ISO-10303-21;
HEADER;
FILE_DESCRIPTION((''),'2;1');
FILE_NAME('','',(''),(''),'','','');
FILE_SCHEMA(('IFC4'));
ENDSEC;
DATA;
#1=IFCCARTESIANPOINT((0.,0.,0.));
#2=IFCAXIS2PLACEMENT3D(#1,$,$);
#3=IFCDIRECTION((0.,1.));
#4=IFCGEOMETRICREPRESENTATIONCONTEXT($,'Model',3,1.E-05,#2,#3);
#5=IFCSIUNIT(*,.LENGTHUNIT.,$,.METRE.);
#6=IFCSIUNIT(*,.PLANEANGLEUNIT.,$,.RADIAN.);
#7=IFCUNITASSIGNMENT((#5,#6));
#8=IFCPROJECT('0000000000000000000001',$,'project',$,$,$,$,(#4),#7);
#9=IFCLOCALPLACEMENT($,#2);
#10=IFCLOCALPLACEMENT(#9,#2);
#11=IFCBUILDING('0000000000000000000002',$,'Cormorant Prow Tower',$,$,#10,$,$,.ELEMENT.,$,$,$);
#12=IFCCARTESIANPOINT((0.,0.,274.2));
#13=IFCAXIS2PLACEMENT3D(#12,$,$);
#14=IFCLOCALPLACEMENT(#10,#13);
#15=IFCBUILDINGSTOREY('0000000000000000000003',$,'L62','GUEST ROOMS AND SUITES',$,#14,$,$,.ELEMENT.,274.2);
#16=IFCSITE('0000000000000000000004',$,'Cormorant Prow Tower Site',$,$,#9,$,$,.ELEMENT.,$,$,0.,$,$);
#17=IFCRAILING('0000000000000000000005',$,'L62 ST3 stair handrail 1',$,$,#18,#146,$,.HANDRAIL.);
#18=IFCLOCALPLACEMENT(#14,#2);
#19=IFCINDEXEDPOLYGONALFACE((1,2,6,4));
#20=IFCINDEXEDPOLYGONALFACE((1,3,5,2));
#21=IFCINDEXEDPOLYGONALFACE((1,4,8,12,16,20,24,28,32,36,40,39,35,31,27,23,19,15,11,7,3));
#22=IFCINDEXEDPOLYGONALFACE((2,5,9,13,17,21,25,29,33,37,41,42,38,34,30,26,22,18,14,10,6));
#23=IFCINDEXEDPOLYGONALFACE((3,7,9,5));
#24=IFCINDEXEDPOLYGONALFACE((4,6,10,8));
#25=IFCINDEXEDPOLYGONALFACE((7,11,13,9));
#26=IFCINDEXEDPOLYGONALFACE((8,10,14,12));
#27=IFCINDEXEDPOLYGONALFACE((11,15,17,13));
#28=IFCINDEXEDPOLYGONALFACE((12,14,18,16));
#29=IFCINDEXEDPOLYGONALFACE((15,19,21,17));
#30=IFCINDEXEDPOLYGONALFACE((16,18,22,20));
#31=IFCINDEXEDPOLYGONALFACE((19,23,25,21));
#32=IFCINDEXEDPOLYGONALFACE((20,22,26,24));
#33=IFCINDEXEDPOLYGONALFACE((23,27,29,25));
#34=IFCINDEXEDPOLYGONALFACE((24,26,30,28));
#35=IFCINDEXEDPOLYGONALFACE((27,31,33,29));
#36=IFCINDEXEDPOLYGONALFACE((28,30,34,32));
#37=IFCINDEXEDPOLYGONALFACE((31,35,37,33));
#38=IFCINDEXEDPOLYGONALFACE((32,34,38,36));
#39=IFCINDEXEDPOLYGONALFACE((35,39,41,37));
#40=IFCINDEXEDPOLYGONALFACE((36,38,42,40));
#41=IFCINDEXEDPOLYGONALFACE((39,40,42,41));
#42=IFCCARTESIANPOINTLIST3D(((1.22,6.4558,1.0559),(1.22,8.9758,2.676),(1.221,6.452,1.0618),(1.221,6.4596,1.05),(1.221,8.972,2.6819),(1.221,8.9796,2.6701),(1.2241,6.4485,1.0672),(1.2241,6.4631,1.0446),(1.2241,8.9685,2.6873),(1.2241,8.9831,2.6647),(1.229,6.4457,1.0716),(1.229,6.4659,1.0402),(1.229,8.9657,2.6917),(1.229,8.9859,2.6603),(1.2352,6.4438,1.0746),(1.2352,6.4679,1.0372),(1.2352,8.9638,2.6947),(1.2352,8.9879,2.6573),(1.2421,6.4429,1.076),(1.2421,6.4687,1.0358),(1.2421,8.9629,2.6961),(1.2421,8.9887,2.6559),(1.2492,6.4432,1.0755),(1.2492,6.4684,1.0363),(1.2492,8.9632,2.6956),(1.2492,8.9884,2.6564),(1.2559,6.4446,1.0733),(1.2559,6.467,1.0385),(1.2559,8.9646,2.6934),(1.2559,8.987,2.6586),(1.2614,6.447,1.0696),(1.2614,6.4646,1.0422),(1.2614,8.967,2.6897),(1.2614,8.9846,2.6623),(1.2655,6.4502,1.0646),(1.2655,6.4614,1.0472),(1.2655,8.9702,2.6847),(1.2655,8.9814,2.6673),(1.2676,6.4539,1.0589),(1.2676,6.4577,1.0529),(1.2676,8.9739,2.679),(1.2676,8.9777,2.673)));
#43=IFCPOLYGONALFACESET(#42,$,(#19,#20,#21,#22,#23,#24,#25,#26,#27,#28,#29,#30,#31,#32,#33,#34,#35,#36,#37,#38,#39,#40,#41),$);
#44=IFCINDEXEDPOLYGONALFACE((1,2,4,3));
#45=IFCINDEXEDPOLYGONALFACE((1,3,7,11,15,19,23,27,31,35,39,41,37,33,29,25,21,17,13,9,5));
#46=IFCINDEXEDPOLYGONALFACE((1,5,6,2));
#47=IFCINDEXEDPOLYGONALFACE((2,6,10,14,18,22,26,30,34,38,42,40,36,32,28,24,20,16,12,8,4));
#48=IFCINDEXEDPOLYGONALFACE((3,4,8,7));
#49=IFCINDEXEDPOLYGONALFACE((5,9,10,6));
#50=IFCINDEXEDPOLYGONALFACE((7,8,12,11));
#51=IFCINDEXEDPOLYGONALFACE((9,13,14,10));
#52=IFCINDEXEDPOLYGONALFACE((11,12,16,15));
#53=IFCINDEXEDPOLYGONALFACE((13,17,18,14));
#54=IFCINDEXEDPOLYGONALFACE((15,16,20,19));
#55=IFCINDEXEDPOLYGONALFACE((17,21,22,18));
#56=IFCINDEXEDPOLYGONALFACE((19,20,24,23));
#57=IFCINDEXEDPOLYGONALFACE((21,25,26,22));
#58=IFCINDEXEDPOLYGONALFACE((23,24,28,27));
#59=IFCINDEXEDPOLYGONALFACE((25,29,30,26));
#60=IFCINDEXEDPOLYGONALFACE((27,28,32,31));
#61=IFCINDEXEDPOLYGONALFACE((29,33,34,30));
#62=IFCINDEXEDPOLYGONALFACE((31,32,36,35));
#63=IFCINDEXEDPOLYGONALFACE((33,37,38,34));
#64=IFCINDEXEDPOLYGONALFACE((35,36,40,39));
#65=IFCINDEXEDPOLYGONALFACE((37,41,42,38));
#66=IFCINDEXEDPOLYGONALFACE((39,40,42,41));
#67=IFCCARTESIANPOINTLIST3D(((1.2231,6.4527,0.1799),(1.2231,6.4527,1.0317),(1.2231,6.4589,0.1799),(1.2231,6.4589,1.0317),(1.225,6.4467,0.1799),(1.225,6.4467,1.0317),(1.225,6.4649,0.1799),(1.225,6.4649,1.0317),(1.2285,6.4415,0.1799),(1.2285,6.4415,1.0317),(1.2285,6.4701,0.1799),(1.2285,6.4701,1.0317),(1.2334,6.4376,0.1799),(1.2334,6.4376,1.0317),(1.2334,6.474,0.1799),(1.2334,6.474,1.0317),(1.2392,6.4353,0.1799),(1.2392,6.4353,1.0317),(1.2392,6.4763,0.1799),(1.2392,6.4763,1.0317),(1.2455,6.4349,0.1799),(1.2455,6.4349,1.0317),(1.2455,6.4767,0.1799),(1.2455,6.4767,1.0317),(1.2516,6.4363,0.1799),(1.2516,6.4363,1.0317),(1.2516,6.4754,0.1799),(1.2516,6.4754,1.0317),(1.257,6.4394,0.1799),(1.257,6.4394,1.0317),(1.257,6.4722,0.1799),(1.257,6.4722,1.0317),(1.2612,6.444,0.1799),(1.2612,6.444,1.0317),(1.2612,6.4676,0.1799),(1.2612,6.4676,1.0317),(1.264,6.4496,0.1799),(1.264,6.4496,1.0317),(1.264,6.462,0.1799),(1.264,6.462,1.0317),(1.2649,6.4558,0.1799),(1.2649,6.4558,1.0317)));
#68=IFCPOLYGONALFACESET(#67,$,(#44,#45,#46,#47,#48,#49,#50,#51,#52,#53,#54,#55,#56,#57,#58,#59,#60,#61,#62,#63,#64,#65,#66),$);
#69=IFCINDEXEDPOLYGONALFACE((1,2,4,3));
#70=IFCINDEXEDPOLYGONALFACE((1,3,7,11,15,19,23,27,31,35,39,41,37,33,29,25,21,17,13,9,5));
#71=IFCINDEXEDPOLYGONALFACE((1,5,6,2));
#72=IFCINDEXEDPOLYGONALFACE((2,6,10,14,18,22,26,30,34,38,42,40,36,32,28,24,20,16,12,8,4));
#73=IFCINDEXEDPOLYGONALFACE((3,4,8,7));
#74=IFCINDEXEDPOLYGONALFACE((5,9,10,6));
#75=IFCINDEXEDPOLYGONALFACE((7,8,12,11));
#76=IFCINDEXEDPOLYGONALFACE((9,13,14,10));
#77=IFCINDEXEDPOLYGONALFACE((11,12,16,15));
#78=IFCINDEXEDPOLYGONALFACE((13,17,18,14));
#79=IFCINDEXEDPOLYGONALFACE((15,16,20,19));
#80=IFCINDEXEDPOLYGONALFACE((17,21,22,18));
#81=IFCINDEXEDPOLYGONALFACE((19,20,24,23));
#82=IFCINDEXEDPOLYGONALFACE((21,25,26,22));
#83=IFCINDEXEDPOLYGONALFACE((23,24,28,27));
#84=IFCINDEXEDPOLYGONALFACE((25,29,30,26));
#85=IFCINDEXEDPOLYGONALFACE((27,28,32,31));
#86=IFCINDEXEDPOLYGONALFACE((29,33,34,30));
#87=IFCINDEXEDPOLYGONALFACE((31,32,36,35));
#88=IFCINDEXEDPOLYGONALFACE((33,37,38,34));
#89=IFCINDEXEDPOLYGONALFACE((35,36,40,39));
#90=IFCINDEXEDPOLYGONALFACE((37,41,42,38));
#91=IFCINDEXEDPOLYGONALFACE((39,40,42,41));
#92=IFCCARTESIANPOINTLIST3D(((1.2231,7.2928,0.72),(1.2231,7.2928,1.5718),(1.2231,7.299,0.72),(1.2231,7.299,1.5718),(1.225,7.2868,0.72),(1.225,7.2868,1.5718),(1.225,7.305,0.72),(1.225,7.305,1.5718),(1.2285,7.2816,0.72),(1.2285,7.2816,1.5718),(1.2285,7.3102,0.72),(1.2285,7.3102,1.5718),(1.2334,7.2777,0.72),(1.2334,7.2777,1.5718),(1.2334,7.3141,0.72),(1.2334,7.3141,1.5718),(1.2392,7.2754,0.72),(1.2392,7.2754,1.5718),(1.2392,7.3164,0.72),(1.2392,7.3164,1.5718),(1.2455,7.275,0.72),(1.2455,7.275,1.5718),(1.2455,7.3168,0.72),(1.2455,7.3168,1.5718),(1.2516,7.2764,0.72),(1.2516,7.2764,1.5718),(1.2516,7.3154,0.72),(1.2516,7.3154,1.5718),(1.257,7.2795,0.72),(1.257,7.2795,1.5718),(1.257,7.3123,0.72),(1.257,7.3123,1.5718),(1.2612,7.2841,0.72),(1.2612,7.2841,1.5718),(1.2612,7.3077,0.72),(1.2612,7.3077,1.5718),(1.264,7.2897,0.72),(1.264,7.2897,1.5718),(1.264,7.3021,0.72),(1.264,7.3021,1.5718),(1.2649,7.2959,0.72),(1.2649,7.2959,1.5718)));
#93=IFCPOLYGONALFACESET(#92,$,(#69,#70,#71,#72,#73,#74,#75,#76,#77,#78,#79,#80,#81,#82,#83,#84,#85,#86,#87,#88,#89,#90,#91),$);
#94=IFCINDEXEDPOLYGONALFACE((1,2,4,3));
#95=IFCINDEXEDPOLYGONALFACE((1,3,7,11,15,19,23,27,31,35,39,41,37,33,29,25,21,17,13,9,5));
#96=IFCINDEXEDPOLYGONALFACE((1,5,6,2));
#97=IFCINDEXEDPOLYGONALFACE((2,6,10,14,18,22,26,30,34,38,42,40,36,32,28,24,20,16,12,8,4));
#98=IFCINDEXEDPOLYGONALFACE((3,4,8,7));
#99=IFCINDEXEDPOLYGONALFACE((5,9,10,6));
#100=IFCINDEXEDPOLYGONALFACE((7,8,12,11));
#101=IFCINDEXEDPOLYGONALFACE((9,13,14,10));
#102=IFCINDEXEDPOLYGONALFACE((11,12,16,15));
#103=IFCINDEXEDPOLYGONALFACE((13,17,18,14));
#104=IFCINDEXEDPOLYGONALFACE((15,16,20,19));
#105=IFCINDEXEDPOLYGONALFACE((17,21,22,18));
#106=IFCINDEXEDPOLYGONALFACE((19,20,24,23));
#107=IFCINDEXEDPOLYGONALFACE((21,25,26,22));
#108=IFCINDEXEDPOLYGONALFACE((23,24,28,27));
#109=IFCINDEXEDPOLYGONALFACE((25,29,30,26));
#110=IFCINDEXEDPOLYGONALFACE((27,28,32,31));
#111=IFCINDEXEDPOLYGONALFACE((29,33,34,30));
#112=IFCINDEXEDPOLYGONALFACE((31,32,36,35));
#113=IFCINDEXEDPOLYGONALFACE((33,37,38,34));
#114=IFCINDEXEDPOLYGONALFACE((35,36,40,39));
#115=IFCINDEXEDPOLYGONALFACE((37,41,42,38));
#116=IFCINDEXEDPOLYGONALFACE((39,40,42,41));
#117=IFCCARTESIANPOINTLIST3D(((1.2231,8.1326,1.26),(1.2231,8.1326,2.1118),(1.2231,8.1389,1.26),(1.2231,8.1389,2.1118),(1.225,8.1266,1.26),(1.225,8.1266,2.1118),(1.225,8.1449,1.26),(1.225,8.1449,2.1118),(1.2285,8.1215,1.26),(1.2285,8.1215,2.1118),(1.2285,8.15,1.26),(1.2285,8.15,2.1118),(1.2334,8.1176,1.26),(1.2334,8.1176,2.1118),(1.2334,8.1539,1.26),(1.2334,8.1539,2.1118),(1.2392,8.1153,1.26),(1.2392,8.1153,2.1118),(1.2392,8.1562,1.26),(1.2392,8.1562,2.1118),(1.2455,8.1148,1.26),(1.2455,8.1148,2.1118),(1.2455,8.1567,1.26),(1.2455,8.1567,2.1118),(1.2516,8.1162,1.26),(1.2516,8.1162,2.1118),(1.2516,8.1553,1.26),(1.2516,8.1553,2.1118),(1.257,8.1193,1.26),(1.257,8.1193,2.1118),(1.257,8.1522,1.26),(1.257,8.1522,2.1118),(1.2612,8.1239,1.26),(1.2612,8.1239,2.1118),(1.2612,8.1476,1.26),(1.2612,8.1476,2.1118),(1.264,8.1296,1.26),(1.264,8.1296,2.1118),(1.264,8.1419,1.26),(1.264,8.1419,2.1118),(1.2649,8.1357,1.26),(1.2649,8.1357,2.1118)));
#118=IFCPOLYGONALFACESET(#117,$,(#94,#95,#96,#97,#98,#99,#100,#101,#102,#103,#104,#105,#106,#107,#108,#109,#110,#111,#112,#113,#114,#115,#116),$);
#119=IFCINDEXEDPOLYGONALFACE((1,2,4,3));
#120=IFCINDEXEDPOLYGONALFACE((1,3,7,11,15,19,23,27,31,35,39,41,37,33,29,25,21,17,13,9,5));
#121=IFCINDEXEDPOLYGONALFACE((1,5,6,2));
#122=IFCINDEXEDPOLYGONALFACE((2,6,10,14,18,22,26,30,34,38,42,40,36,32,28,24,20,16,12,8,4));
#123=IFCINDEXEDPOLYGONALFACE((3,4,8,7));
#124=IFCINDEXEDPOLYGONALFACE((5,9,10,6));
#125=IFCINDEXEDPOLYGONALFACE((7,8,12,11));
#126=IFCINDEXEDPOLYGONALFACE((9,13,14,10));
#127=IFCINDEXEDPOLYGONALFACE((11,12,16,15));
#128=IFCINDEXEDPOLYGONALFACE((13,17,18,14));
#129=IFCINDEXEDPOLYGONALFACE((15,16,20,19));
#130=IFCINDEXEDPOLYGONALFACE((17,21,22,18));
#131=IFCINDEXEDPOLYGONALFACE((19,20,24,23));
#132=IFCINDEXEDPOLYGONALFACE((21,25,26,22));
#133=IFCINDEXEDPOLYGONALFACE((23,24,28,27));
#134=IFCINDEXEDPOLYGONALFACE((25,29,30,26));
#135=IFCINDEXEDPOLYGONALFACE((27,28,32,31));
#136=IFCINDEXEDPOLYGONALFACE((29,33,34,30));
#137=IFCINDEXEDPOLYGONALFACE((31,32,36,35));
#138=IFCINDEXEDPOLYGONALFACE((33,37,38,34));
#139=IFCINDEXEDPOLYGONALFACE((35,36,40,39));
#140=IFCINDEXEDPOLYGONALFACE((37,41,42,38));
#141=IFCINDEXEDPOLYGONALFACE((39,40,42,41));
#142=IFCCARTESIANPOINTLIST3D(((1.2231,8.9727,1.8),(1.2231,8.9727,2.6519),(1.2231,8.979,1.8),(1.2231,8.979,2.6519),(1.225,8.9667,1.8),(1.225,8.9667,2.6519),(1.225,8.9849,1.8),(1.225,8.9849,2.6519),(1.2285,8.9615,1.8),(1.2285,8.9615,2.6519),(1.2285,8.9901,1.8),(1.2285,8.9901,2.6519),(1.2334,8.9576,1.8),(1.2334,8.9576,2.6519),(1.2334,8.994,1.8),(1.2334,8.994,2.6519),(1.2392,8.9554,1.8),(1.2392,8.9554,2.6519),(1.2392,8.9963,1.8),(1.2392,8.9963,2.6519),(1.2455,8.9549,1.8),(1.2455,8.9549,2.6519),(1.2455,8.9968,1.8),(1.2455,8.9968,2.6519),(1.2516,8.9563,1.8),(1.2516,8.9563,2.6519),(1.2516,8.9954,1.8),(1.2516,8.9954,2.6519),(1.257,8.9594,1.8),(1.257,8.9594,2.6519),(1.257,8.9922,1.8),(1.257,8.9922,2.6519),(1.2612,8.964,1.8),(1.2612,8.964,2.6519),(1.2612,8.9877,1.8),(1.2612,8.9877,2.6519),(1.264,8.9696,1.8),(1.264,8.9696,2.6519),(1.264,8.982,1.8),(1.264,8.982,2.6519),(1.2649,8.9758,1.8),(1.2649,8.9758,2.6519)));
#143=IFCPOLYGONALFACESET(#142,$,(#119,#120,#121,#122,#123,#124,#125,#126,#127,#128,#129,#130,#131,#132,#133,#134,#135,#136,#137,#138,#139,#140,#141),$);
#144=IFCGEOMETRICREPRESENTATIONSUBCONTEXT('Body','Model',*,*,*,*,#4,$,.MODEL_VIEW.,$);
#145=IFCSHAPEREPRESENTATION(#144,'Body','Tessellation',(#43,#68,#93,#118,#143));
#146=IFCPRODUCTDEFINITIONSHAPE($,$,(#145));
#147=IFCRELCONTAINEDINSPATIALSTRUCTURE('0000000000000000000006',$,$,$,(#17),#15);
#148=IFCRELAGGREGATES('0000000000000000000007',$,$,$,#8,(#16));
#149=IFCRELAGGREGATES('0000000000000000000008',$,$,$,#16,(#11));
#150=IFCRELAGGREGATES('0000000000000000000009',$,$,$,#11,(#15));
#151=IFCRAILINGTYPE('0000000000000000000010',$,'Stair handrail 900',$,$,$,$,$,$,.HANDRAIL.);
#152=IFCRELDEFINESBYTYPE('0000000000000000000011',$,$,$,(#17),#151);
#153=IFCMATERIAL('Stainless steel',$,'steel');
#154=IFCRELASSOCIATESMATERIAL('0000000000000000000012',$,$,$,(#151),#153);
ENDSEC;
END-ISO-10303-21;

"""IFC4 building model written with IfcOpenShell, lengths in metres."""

from ifc_helpers import new_model, si_unit, direction, frame, origin, origin_2d, place, context, subcontext, project, spatial, circle, extrude, material, type_object, element, save


model = new_model("IFC4")

# Units and contexts
model_context = context("Model", 3, precision=1e-05, world=origin(), true_north=direction((0.0, 1.0)))
body_context = subcontext(model_context, "Body", "Model", "MODEL_VIEW")
ifc_project = project(units=[si_unit("LENGTHUNIT", "METRE"), si_unit("PLANEANGLEUNIT", "RADIAN")], contexts=[model_context])

# Site, building, storey
site_placement = place(None, origin())
site = spatial("IfcSite", under=ifc_project, at=site_placement, Name="Cormorant Prow Tower Site", CompositionType="ELEMENT", RefElevation=0.0)
building_placement = place(site_placement, origin())
building = spatial("IfcBuilding", under=site, at=building_placement, Name="Cormorant Prow Tower", CompositionType="ELEMENT")
storey_placement = place(building_placement, frame((0.0, 0.0, 274.2)))
storey = spatial("IfcBuildingStorey", under=building, at=storey_placement, Name="L62", Description="GUEST ROOMS AND SUITES", CompositionType="ELEMENT", Elevation=274.2)

# Railing
ifc_material_1 = material(Name="Stainless steel", Category="steel")
railing_type_1 = type_object("IfcRailingType", Name="Stair handrail 900", PredefinedType="HANDRAIL", material=ifc_material_1)
railing_1_placement = place(storey_placement, frame((1.2439, 6.4558, 0.1799)))
element("IfcRailing", 1, at=railing_1_placement, inside=storey, type_object=railing_type_1, Name="L62 ST3 stair handrail 1", PredefinedType="HANDRAIL", context=body_context, shape_type="SweptSolid", body=[
    extrude(circle(Radius=0.0239, at=origin_2d()), frame((0.0, 0.0, 0.876), z_axis=(0.0, 0.841163, 0.540782), x_axis=(-1.0, 0.0, 0.0)), (0.0, 0.0, 1.0), 2.9958),
    extrude(circle(Radius=0.021, at=origin_2d()), origin(), (0.0, 0.0, 1.0), 0.8518),
    extrude(circle(Radius=0.021, at=origin_2d()), frame((0.0, 0.8401, 0.54)), (0.0, 0.0, 1.0), 0.8518),
    extrude(circle(Radius=0.021, at=origin_2d()), frame((0.0, 1.6799, 1.0801)), (0.0, 0.0, 1.0), 0.8518),
    extrude(circle(Radius=0.021, at=origin_2d()), frame((0.0, 2.52, 1.6201)), (0.0, 0.0, 1.0), 0.8518),
])

save(model, "model.ifc")
